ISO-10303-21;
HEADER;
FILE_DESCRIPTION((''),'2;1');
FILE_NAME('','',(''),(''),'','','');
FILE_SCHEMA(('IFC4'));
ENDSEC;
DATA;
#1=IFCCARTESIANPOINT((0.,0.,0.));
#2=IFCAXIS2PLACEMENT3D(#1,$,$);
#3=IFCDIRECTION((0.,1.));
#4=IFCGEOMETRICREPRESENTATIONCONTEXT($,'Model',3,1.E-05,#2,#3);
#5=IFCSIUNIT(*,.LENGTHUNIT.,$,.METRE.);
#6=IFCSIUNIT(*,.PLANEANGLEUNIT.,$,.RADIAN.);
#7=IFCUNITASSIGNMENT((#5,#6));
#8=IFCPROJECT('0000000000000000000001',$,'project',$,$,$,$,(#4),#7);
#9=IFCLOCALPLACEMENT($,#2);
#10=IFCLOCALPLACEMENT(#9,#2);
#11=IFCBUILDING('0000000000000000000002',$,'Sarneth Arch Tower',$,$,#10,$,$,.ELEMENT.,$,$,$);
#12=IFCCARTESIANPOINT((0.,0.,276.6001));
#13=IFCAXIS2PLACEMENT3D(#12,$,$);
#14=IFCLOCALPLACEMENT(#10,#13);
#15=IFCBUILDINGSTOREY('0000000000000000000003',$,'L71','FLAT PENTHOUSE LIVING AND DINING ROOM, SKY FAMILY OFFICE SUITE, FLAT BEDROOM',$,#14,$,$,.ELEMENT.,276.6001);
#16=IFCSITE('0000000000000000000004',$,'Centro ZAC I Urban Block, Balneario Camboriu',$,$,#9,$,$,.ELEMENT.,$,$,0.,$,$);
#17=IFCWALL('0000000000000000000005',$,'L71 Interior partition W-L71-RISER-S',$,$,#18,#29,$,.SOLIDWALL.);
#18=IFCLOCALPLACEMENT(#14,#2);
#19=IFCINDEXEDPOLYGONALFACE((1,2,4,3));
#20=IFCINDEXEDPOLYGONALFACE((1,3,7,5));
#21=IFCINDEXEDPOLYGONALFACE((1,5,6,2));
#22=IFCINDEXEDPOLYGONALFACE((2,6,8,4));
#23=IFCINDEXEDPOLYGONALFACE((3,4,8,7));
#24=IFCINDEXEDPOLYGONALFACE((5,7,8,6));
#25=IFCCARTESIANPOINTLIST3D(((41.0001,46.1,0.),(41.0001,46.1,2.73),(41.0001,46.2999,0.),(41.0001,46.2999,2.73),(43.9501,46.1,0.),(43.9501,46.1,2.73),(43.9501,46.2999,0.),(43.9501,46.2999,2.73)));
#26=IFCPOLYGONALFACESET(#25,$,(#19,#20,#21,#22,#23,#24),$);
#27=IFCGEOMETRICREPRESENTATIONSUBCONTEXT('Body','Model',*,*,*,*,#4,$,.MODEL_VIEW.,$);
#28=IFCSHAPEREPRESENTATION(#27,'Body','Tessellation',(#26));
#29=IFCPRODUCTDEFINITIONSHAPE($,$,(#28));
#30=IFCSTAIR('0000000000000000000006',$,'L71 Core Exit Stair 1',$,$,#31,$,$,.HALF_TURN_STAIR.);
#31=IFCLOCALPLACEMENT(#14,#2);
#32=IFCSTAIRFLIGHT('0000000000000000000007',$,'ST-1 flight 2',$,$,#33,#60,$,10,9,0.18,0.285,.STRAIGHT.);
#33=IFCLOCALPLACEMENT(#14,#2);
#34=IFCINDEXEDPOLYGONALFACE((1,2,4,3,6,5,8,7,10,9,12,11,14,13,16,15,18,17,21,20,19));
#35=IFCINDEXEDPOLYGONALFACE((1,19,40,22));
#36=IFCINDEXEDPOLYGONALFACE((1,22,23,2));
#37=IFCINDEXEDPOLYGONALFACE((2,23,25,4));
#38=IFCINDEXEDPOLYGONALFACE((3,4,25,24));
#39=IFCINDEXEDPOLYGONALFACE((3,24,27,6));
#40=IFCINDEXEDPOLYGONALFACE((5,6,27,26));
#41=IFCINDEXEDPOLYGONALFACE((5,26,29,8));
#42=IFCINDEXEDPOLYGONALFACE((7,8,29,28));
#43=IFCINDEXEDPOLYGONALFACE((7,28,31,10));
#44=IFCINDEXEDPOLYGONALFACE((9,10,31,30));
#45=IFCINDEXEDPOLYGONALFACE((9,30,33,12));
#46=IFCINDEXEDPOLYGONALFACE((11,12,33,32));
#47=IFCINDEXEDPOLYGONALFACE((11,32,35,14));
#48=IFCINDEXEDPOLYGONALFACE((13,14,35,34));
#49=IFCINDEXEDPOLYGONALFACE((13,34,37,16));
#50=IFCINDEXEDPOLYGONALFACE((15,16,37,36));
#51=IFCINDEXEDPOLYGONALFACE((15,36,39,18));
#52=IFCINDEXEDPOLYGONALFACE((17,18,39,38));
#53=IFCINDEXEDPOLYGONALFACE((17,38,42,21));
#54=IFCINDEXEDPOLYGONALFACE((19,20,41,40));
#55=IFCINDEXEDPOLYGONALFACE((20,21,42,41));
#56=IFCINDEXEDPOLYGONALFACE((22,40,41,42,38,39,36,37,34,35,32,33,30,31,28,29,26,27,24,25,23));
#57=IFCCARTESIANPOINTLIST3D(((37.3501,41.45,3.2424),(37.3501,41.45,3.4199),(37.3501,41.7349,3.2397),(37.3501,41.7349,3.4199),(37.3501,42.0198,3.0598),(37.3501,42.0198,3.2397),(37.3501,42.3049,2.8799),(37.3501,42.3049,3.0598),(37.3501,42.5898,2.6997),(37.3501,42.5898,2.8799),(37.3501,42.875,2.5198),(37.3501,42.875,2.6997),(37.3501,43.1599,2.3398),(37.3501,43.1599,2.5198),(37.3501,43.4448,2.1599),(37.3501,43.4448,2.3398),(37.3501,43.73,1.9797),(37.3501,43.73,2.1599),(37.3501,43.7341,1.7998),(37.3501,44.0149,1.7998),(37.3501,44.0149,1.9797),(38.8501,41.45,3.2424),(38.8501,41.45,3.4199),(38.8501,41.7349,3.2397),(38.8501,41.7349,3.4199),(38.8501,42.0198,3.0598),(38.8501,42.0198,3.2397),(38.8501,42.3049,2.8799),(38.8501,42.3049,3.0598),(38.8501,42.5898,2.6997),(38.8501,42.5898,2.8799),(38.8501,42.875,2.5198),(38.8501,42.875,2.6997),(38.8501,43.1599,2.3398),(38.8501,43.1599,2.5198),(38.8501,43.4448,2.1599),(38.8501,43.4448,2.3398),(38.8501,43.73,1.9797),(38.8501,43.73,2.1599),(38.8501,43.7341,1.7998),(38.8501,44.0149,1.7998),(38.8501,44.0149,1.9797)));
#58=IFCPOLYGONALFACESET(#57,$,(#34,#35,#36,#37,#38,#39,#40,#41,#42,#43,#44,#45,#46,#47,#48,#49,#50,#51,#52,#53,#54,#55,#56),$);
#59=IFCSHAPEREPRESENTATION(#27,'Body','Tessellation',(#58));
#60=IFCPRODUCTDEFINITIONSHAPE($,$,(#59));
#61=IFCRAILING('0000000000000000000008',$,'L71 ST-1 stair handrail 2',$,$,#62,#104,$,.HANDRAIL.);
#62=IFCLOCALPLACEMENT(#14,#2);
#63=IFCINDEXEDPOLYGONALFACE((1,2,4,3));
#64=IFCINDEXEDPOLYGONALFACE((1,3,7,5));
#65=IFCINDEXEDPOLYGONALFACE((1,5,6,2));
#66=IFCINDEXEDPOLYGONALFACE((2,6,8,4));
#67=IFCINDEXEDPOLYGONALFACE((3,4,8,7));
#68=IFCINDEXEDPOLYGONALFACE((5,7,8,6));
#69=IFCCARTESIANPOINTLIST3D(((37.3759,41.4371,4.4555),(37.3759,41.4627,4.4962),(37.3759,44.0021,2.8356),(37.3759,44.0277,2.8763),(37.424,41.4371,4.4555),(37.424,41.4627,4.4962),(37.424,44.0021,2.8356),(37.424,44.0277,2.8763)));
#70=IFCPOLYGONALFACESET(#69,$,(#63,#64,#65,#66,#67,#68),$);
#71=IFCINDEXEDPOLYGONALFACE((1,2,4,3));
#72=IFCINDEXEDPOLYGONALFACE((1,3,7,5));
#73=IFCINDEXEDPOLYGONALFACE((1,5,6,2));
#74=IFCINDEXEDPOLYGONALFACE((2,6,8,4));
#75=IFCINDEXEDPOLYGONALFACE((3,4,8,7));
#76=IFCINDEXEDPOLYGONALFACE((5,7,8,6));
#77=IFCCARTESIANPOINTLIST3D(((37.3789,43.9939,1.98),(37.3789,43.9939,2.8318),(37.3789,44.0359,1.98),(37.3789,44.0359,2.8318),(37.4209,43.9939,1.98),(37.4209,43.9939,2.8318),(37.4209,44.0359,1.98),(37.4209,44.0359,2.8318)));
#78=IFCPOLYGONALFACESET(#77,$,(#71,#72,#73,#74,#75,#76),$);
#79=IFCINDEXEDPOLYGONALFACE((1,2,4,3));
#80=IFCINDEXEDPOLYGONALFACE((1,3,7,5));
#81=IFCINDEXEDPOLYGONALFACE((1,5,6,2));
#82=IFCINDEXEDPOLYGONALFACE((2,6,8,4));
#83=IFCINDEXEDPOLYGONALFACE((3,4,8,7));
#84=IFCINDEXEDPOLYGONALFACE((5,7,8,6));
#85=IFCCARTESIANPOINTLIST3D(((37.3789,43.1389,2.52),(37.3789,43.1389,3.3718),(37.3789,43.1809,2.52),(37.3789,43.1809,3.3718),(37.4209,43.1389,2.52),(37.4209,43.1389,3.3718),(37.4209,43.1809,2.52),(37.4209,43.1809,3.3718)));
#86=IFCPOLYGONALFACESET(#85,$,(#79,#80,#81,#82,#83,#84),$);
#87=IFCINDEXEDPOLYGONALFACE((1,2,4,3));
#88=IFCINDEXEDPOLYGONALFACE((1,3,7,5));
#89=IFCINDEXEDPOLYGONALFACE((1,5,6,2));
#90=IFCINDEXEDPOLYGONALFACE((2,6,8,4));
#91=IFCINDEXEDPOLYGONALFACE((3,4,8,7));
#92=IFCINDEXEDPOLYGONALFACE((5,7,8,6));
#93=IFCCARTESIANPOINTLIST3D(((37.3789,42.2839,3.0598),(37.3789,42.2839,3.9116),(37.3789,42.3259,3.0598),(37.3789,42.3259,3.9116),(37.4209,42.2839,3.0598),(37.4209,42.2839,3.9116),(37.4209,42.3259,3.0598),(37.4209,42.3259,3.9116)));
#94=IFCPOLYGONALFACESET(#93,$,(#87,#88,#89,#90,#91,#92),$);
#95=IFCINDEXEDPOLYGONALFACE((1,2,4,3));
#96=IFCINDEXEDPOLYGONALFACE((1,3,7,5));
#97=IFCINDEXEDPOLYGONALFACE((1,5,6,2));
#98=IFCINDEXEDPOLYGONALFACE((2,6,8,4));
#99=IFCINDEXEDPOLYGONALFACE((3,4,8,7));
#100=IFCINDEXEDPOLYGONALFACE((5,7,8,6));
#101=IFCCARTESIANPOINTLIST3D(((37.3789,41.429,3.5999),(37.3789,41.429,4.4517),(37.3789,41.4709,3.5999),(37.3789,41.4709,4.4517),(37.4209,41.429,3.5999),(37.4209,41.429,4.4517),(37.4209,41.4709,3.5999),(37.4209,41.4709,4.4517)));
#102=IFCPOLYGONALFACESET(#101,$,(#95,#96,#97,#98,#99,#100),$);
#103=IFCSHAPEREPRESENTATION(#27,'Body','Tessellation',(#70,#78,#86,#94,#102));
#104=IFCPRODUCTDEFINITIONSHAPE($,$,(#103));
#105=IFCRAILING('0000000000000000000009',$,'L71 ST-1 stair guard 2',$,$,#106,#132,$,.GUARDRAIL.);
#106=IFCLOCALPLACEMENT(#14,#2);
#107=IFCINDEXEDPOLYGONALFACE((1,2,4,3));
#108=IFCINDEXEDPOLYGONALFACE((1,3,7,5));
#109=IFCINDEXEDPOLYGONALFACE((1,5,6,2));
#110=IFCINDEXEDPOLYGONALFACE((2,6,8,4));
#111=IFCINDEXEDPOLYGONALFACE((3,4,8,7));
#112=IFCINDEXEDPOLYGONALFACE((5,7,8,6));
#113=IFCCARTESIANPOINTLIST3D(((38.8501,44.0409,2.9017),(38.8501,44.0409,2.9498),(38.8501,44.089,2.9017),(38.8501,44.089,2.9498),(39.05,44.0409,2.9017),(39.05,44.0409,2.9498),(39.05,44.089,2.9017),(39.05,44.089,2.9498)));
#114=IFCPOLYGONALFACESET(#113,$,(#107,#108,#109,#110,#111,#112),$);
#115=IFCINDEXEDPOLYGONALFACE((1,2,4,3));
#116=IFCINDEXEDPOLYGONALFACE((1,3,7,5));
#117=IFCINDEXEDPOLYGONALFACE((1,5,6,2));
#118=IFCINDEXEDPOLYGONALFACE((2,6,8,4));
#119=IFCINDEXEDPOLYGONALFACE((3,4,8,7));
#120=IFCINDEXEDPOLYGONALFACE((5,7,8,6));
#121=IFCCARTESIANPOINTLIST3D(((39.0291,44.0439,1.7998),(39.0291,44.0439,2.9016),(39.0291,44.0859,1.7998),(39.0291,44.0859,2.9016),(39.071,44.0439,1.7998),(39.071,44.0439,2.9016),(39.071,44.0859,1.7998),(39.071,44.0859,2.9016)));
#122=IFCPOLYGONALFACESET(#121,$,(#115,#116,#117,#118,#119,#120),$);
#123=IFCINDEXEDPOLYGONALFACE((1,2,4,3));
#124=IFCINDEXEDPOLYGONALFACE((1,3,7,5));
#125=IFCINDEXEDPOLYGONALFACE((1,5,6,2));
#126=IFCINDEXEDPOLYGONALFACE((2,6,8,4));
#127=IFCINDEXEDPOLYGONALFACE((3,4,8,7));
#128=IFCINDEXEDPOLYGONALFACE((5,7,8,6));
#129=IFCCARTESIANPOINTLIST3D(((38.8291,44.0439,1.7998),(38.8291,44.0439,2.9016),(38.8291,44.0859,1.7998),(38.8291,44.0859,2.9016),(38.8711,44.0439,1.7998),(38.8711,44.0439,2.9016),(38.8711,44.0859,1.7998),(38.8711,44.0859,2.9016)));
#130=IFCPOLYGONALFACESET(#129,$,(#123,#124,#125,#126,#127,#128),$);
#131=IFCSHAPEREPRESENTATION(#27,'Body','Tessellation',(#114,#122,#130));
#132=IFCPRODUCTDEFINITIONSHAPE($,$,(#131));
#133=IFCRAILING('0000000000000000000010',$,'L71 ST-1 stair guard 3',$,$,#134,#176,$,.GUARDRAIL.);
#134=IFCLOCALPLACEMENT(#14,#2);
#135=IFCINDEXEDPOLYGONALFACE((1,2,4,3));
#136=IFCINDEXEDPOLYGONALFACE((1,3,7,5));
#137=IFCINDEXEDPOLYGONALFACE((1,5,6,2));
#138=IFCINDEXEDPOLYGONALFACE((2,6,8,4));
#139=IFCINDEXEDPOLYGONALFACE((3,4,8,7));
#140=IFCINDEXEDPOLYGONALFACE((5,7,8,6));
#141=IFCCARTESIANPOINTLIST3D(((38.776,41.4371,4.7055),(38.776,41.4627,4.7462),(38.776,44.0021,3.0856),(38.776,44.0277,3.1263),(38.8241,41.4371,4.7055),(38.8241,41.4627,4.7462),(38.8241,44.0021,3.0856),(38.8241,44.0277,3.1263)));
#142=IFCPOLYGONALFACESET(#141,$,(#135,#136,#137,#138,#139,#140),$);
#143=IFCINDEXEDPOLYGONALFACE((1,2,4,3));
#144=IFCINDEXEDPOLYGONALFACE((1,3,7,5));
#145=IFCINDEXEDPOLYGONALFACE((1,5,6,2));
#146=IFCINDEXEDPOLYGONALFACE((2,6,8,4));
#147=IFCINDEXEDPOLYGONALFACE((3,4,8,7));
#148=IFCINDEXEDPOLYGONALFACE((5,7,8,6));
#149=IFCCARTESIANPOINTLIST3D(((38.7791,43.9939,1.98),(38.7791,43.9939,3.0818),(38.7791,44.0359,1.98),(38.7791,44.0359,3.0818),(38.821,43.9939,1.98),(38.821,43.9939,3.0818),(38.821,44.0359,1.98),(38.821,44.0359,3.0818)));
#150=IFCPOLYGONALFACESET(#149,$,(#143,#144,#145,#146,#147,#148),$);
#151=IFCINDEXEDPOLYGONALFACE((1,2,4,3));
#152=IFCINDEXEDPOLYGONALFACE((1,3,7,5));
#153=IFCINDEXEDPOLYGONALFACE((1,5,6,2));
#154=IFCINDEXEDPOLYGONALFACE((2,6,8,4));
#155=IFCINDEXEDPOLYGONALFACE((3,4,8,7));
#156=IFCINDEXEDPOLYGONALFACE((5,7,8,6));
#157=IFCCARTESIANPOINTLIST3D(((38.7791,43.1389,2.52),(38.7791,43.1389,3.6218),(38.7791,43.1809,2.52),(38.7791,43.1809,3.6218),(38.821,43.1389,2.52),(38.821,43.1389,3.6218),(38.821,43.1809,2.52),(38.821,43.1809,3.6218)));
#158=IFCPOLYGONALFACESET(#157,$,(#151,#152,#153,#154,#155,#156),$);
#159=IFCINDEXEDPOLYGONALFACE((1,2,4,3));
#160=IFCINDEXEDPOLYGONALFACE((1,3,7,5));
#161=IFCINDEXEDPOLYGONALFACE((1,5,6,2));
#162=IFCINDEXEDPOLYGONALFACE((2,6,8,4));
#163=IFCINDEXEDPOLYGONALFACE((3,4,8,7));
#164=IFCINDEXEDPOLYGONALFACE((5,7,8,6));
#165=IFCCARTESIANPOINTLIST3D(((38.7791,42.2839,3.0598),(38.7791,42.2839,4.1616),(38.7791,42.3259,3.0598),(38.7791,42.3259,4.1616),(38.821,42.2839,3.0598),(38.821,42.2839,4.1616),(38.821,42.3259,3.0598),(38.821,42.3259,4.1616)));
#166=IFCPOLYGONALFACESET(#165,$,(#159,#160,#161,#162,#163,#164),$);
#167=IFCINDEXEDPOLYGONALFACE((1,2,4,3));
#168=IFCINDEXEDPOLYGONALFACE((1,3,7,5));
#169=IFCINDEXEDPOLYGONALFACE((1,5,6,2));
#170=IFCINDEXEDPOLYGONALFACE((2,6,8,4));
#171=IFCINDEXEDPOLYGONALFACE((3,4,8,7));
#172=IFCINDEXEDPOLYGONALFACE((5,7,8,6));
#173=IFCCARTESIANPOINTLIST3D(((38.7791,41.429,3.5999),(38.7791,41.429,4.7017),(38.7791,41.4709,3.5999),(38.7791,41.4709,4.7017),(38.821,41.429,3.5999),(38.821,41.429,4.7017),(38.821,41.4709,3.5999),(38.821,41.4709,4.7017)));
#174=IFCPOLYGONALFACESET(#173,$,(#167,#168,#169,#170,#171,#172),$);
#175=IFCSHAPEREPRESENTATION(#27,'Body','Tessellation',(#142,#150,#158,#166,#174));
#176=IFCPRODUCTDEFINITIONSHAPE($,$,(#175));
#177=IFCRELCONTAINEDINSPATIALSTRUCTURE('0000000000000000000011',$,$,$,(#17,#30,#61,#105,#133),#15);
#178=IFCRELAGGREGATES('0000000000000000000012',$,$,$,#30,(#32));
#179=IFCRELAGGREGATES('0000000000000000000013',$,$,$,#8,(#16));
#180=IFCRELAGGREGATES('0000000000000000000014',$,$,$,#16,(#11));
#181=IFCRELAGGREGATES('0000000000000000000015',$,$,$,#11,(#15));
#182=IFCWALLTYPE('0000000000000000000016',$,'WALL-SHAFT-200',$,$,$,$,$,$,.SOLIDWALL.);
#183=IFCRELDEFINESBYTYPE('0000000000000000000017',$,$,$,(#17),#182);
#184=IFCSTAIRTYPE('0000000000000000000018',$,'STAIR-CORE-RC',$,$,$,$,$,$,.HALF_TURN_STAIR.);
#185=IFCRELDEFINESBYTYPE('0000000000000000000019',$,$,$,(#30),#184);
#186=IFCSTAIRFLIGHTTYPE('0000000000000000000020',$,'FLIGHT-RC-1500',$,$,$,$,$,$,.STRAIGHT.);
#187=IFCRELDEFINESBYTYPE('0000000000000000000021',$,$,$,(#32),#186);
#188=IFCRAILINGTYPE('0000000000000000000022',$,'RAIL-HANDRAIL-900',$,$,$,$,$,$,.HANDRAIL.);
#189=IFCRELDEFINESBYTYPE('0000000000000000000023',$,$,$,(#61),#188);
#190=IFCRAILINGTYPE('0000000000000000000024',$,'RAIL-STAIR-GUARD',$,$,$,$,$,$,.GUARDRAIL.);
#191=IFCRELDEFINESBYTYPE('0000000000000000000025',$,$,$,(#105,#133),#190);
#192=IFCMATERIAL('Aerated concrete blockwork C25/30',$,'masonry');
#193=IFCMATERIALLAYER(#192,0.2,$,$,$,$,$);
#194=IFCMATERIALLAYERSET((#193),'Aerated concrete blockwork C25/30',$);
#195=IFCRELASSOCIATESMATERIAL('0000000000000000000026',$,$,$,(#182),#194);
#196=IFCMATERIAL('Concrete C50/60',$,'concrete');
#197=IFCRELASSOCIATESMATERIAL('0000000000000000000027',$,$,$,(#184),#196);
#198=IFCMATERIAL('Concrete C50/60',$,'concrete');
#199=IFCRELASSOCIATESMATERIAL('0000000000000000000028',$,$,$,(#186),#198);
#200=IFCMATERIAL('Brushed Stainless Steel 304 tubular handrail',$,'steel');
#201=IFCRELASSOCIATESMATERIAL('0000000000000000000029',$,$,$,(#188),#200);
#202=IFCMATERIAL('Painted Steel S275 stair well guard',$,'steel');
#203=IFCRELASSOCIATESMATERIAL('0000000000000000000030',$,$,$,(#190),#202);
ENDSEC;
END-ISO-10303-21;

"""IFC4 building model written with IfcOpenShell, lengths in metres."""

from ifc_helpers import new_model, si_unit, direction, frame, frame_2d, origin, origin_2d, place, context, subcontext, project, spatial, polyline, rectangle, outline, extrude, material, layer, layer_set, type_object, element, aggregate, save


model = new_model("IFC4")

# Units and contexts
model_context = context("Model", 3, precision=1e-05, world=origin(), true_north=direction((0.0, 1.0)))
body_context = subcontext(model_context, "Body", "Model", "MODEL_VIEW")
ifc_project = project(units=[si_unit("LENGTHUNIT", "METRE"), si_unit("PLANEANGLEUNIT", "RADIAN")], contexts=[model_context])

# Site, building, storey
site_placement = place(None, origin())
site = spatial("IfcSite", under=ifc_project, at=site_placement, Name="Centro ZAC I Urban Block, Balneario Camboriu", CompositionType="ELEMENT", RefElevation=0.0)
building_placement = place(site_placement, origin())
building = spatial("IfcBuilding", under=site, at=building_placement, Name="Sarneth Arch Tower", CompositionType="ELEMENT")
storey_placement = place(building_placement, frame((0.0, 0.0, 276.6001)))
storey = spatial("IfcBuildingStorey", under=building, at=storey_placement, Name="L71", Description="FLAT PENTHOUSE LIVING AND DINING ROOM, SKY FAMILY OFFICE SUITE, FLAT BEDROOM", CompositionType="ELEMENT", Elevation=276.6001)

# Wall
ifc_material_1 = material(Name="Aerated concrete blockwork C25/30", Category="masonry")
ifc_layer_1 = layer(ifc_material_1, 0.2)
ifc_layer_set_1 = layer_set([ifc_layer_1], Name="Aerated concrete blockwork C25/30")
wall_type_1 = type_object("IfcWallType", Name="WALL-SHAFT-200", PredefinedType="SOLIDWALL", material=ifc_layer_set_1)
wall_1_placement = place(storey_placement, frame((41.0, 46.2, 0.0), z_axis=(0.0, 0.0, 1.0), x_axis=(1.0, 0.0, 0.0)))
element("IfcWall", 1, at=wall_1_placement, inside=storey, type_object=wall_type_1, Name="L71 Interior partition W-L71-RISER-S", PredefinedType="SOLIDWALL", context=body_context, shape_type="SweptSolid", body=[
    extrude(rectangle(XDim=2.95, YDim=0.2, at=frame_2d((1.4751, 0.0))), origin(), (0.0, 0.0, 1.0), 2.73),
])

# Stair, stair flight
ifc_material_2 = material(Name="Concrete C50/60", Category="concrete")
stair_type = type_object("IfcStairType", Name="STAIR-CORE-RC", PredefinedType="HALF_TURN_STAIR", material=ifc_material_2)
stair_placement = place(storey_placement, origin())
stair = element("IfcStair", 2, at=stair_placement, inside=storey, type_object=stair_type, Name="L71 Core Exit Stair 1", PredefinedType="HALF_TURN_STAIR")
ifc_material_3 = material(Name="Concrete C50/60", Category="concrete")
stair_flight_type = type_object("IfcStairFlightType", Name="FLIGHT-RC-1500", PredefinedType="STRAIGHT", material=ifc_material_3)
stair_flight_placement = place(storey_placement, frame((38.1001, 44.0149, 1.7998), z_axis=(0.0, 0.0, 1.0), x_axis=(0.0, -1.0, 0.0)))
stair_flight = element("IfcStairFlight", 3, at=stair_flight_placement, type_object=stair_flight_type, Name="ST-1 flight 2", NumberOfRisers=10, NumberOfTreads=9, PredefinedType="STRAIGHT", RiserHeight=0.18, TreadLength=0.285, context=body_context, shape_type="SweptSolid", body=[
    extrude(outline(polyline([(0.0, 0.0), (0.0, 0.1799), (0.2849, 0.1799), (0.2849, 0.3601), (0.5701, 0.3601), (0.5701, 0.54), (0.855, 0.54), (0.855, 0.72), (1.1399, 0.72), (1.1399, 0.8999), (1.425, 0.8999), (1.425, 1.0801), (1.71, 1.0801), (1.71, 1.26), (1.9951, 1.26), (1.9951, 1.4399), (2.28, 1.4399), (2.28, 1.6201), (2.5649, 1.6201), (2.5649, 1.8), (2.5649, 1.4426), (0.2808, 0.0), (0.0, 0.0)])), frame((0.0, 0.75, 0.0), z_axis=(0.0, -1.0, 0.0), x_axis=(1.0, 0.0, 0.0)), (0.0, 0.0, 1.0), 1.5),
])
aggregate(stair, [stair_flight])

# Railings
ifc_material_4 = material(Name="Brushed Stainless Steel 304 tubular handrail", Category="steel")
railing_type_1 = type_object("IfcRailingType", Name="RAIL-HANDRAIL-900", PredefinedType="HANDRAIL", material=ifc_material_4)
railing_1_placement = place(storey_placement, frame((37.3999, 44.0149, 1.98)))
element("IfcRailing", 4, at=railing_1_placement, inside=storey, type_object=railing_type_1, Name="L71 ST-1 stair handrail 2", PredefinedType="HANDRAIL", context=body_context, shape_type="SweptSolid", body=[
    extrude(rectangle(XDim=0.0481, YDim=0.0481, at=origin_2d()), frame((0.0, 0.0, 0.876), z_axis=(0.0, -0.845502, 0.533972), x_axis=(1.0, 0.0, 0.0)), (0.0, 0.0, 1.0), 3.0337),
    extrude(rectangle(XDim=0.042, YDim=0.042, at=origin_2d()), origin(), (0.0, 0.0, 1.0), 0.8518),
    extrude(rectangle(XDim=0.042, YDim=0.042, at=origin_2d()), frame((0.0, -0.855, 0.54)), (0.0, 0.0, 1.0), 0.8518),
    extrude(rectangle(XDim=0.042, YDim=0.042, at=origin_2d()), frame((0.0, -1.71, 1.0798)), (0.0, 0.0, 1.0), 0.8518),
    extrude(rectangle(XDim=0.042, YDim=0.042, at=origin_2d()), frame((0.0, -2.5649, 1.6199)), (0.0, 0.0, 1.0), 0.8518),
])
ifc_material_5 = material(Name="Painted Steel S275 stair well guard", Category="steel")
railing_type_2 = type_object("IfcRailingType", Name="RAIL-STAIR-GUARD", PredefinedType="GUARDRAIL", material=ifc_material_5)
railing_2_placement = place(storey_placement, frame((39.05, 44.0649, 1.7998)))
element("IfcRailing", 5, at=railing_2_placement, inside=storey, type_object=railing_type_2, Name="L71 ST-1 stair guard 2", PredefinedType="GUARDRAIL", context=body_context, shape_type="SweptSolid", body=[
    extrude(rectangle(XDim=0.0481, YDim=0.0481, at=origin_2d()), frame((0.0, 0.0, 1.126), z_axis=(-1.0, 0.0, 0.0), x_axis=(0.0, -1.0, 0.0)), (0.0, 0.0, 1.0), 0.2),
    extrude(rectangle(XDim=0.042, YDim=0.042, at=origin_2d()), origin(), (0.0, 0.0, 1.0), 1.1018),
    extrude(rectangle(XDim=0.042, YDim=0.042, at=origin_2d()), frame((-0.2, 0.0, 0.0)), (0.0, 0.0, 1.0), 1.1018),
])
railing_3_placement = place(storey_placement, frame((38.8, 44.0149, 1.98)))
element("IfcRailing", 6, at=railing_3_placement, inside=storey, type_object=railing_type_2, Name="L71 ST-1 stair guard 3", PredefinedType="GUARDRAIL", context=body_context, shape_type="SweptSolid", body=[
    extrude(rectangle(XDim=0.0481, YDim=0.0481, at=origin_2d()), frame((0.0, 0.0, 1.126), z_axis=(0.0, -0.845502, 0.533972), x_axis=(1.0, 0.0, 0.0)), (0.0, 0.0, 1.0), 3.0337),
    extrude(rectangle(XDim=0.042, YDim=0.042, at=origin_2d()), origin(), (0.0, 0.0, 1.0), 1.1018),
    extrude(rectangle(XDim=0.042, YDim=0.042, at=origin_2d()), frame((0.0, -0.855, 0.54)), (0.0, 0.0, 1.0), 1.1018),
    extrude(rectangle(XDim=0.042, YDim=0.042, at=origin_2d()), frame((0.0, -1.71, 1.0798)), (0.0, 0.0, 1.0), 1.1018),
    extrude(rectangle(XDim=0.042, YDim=0.042, at=origin_2d()), frame((0.0, -2.5649, 1.6199)), (0.0, 0.0, 1.0), 1.1018),
])

save(model, "model.ifc")
